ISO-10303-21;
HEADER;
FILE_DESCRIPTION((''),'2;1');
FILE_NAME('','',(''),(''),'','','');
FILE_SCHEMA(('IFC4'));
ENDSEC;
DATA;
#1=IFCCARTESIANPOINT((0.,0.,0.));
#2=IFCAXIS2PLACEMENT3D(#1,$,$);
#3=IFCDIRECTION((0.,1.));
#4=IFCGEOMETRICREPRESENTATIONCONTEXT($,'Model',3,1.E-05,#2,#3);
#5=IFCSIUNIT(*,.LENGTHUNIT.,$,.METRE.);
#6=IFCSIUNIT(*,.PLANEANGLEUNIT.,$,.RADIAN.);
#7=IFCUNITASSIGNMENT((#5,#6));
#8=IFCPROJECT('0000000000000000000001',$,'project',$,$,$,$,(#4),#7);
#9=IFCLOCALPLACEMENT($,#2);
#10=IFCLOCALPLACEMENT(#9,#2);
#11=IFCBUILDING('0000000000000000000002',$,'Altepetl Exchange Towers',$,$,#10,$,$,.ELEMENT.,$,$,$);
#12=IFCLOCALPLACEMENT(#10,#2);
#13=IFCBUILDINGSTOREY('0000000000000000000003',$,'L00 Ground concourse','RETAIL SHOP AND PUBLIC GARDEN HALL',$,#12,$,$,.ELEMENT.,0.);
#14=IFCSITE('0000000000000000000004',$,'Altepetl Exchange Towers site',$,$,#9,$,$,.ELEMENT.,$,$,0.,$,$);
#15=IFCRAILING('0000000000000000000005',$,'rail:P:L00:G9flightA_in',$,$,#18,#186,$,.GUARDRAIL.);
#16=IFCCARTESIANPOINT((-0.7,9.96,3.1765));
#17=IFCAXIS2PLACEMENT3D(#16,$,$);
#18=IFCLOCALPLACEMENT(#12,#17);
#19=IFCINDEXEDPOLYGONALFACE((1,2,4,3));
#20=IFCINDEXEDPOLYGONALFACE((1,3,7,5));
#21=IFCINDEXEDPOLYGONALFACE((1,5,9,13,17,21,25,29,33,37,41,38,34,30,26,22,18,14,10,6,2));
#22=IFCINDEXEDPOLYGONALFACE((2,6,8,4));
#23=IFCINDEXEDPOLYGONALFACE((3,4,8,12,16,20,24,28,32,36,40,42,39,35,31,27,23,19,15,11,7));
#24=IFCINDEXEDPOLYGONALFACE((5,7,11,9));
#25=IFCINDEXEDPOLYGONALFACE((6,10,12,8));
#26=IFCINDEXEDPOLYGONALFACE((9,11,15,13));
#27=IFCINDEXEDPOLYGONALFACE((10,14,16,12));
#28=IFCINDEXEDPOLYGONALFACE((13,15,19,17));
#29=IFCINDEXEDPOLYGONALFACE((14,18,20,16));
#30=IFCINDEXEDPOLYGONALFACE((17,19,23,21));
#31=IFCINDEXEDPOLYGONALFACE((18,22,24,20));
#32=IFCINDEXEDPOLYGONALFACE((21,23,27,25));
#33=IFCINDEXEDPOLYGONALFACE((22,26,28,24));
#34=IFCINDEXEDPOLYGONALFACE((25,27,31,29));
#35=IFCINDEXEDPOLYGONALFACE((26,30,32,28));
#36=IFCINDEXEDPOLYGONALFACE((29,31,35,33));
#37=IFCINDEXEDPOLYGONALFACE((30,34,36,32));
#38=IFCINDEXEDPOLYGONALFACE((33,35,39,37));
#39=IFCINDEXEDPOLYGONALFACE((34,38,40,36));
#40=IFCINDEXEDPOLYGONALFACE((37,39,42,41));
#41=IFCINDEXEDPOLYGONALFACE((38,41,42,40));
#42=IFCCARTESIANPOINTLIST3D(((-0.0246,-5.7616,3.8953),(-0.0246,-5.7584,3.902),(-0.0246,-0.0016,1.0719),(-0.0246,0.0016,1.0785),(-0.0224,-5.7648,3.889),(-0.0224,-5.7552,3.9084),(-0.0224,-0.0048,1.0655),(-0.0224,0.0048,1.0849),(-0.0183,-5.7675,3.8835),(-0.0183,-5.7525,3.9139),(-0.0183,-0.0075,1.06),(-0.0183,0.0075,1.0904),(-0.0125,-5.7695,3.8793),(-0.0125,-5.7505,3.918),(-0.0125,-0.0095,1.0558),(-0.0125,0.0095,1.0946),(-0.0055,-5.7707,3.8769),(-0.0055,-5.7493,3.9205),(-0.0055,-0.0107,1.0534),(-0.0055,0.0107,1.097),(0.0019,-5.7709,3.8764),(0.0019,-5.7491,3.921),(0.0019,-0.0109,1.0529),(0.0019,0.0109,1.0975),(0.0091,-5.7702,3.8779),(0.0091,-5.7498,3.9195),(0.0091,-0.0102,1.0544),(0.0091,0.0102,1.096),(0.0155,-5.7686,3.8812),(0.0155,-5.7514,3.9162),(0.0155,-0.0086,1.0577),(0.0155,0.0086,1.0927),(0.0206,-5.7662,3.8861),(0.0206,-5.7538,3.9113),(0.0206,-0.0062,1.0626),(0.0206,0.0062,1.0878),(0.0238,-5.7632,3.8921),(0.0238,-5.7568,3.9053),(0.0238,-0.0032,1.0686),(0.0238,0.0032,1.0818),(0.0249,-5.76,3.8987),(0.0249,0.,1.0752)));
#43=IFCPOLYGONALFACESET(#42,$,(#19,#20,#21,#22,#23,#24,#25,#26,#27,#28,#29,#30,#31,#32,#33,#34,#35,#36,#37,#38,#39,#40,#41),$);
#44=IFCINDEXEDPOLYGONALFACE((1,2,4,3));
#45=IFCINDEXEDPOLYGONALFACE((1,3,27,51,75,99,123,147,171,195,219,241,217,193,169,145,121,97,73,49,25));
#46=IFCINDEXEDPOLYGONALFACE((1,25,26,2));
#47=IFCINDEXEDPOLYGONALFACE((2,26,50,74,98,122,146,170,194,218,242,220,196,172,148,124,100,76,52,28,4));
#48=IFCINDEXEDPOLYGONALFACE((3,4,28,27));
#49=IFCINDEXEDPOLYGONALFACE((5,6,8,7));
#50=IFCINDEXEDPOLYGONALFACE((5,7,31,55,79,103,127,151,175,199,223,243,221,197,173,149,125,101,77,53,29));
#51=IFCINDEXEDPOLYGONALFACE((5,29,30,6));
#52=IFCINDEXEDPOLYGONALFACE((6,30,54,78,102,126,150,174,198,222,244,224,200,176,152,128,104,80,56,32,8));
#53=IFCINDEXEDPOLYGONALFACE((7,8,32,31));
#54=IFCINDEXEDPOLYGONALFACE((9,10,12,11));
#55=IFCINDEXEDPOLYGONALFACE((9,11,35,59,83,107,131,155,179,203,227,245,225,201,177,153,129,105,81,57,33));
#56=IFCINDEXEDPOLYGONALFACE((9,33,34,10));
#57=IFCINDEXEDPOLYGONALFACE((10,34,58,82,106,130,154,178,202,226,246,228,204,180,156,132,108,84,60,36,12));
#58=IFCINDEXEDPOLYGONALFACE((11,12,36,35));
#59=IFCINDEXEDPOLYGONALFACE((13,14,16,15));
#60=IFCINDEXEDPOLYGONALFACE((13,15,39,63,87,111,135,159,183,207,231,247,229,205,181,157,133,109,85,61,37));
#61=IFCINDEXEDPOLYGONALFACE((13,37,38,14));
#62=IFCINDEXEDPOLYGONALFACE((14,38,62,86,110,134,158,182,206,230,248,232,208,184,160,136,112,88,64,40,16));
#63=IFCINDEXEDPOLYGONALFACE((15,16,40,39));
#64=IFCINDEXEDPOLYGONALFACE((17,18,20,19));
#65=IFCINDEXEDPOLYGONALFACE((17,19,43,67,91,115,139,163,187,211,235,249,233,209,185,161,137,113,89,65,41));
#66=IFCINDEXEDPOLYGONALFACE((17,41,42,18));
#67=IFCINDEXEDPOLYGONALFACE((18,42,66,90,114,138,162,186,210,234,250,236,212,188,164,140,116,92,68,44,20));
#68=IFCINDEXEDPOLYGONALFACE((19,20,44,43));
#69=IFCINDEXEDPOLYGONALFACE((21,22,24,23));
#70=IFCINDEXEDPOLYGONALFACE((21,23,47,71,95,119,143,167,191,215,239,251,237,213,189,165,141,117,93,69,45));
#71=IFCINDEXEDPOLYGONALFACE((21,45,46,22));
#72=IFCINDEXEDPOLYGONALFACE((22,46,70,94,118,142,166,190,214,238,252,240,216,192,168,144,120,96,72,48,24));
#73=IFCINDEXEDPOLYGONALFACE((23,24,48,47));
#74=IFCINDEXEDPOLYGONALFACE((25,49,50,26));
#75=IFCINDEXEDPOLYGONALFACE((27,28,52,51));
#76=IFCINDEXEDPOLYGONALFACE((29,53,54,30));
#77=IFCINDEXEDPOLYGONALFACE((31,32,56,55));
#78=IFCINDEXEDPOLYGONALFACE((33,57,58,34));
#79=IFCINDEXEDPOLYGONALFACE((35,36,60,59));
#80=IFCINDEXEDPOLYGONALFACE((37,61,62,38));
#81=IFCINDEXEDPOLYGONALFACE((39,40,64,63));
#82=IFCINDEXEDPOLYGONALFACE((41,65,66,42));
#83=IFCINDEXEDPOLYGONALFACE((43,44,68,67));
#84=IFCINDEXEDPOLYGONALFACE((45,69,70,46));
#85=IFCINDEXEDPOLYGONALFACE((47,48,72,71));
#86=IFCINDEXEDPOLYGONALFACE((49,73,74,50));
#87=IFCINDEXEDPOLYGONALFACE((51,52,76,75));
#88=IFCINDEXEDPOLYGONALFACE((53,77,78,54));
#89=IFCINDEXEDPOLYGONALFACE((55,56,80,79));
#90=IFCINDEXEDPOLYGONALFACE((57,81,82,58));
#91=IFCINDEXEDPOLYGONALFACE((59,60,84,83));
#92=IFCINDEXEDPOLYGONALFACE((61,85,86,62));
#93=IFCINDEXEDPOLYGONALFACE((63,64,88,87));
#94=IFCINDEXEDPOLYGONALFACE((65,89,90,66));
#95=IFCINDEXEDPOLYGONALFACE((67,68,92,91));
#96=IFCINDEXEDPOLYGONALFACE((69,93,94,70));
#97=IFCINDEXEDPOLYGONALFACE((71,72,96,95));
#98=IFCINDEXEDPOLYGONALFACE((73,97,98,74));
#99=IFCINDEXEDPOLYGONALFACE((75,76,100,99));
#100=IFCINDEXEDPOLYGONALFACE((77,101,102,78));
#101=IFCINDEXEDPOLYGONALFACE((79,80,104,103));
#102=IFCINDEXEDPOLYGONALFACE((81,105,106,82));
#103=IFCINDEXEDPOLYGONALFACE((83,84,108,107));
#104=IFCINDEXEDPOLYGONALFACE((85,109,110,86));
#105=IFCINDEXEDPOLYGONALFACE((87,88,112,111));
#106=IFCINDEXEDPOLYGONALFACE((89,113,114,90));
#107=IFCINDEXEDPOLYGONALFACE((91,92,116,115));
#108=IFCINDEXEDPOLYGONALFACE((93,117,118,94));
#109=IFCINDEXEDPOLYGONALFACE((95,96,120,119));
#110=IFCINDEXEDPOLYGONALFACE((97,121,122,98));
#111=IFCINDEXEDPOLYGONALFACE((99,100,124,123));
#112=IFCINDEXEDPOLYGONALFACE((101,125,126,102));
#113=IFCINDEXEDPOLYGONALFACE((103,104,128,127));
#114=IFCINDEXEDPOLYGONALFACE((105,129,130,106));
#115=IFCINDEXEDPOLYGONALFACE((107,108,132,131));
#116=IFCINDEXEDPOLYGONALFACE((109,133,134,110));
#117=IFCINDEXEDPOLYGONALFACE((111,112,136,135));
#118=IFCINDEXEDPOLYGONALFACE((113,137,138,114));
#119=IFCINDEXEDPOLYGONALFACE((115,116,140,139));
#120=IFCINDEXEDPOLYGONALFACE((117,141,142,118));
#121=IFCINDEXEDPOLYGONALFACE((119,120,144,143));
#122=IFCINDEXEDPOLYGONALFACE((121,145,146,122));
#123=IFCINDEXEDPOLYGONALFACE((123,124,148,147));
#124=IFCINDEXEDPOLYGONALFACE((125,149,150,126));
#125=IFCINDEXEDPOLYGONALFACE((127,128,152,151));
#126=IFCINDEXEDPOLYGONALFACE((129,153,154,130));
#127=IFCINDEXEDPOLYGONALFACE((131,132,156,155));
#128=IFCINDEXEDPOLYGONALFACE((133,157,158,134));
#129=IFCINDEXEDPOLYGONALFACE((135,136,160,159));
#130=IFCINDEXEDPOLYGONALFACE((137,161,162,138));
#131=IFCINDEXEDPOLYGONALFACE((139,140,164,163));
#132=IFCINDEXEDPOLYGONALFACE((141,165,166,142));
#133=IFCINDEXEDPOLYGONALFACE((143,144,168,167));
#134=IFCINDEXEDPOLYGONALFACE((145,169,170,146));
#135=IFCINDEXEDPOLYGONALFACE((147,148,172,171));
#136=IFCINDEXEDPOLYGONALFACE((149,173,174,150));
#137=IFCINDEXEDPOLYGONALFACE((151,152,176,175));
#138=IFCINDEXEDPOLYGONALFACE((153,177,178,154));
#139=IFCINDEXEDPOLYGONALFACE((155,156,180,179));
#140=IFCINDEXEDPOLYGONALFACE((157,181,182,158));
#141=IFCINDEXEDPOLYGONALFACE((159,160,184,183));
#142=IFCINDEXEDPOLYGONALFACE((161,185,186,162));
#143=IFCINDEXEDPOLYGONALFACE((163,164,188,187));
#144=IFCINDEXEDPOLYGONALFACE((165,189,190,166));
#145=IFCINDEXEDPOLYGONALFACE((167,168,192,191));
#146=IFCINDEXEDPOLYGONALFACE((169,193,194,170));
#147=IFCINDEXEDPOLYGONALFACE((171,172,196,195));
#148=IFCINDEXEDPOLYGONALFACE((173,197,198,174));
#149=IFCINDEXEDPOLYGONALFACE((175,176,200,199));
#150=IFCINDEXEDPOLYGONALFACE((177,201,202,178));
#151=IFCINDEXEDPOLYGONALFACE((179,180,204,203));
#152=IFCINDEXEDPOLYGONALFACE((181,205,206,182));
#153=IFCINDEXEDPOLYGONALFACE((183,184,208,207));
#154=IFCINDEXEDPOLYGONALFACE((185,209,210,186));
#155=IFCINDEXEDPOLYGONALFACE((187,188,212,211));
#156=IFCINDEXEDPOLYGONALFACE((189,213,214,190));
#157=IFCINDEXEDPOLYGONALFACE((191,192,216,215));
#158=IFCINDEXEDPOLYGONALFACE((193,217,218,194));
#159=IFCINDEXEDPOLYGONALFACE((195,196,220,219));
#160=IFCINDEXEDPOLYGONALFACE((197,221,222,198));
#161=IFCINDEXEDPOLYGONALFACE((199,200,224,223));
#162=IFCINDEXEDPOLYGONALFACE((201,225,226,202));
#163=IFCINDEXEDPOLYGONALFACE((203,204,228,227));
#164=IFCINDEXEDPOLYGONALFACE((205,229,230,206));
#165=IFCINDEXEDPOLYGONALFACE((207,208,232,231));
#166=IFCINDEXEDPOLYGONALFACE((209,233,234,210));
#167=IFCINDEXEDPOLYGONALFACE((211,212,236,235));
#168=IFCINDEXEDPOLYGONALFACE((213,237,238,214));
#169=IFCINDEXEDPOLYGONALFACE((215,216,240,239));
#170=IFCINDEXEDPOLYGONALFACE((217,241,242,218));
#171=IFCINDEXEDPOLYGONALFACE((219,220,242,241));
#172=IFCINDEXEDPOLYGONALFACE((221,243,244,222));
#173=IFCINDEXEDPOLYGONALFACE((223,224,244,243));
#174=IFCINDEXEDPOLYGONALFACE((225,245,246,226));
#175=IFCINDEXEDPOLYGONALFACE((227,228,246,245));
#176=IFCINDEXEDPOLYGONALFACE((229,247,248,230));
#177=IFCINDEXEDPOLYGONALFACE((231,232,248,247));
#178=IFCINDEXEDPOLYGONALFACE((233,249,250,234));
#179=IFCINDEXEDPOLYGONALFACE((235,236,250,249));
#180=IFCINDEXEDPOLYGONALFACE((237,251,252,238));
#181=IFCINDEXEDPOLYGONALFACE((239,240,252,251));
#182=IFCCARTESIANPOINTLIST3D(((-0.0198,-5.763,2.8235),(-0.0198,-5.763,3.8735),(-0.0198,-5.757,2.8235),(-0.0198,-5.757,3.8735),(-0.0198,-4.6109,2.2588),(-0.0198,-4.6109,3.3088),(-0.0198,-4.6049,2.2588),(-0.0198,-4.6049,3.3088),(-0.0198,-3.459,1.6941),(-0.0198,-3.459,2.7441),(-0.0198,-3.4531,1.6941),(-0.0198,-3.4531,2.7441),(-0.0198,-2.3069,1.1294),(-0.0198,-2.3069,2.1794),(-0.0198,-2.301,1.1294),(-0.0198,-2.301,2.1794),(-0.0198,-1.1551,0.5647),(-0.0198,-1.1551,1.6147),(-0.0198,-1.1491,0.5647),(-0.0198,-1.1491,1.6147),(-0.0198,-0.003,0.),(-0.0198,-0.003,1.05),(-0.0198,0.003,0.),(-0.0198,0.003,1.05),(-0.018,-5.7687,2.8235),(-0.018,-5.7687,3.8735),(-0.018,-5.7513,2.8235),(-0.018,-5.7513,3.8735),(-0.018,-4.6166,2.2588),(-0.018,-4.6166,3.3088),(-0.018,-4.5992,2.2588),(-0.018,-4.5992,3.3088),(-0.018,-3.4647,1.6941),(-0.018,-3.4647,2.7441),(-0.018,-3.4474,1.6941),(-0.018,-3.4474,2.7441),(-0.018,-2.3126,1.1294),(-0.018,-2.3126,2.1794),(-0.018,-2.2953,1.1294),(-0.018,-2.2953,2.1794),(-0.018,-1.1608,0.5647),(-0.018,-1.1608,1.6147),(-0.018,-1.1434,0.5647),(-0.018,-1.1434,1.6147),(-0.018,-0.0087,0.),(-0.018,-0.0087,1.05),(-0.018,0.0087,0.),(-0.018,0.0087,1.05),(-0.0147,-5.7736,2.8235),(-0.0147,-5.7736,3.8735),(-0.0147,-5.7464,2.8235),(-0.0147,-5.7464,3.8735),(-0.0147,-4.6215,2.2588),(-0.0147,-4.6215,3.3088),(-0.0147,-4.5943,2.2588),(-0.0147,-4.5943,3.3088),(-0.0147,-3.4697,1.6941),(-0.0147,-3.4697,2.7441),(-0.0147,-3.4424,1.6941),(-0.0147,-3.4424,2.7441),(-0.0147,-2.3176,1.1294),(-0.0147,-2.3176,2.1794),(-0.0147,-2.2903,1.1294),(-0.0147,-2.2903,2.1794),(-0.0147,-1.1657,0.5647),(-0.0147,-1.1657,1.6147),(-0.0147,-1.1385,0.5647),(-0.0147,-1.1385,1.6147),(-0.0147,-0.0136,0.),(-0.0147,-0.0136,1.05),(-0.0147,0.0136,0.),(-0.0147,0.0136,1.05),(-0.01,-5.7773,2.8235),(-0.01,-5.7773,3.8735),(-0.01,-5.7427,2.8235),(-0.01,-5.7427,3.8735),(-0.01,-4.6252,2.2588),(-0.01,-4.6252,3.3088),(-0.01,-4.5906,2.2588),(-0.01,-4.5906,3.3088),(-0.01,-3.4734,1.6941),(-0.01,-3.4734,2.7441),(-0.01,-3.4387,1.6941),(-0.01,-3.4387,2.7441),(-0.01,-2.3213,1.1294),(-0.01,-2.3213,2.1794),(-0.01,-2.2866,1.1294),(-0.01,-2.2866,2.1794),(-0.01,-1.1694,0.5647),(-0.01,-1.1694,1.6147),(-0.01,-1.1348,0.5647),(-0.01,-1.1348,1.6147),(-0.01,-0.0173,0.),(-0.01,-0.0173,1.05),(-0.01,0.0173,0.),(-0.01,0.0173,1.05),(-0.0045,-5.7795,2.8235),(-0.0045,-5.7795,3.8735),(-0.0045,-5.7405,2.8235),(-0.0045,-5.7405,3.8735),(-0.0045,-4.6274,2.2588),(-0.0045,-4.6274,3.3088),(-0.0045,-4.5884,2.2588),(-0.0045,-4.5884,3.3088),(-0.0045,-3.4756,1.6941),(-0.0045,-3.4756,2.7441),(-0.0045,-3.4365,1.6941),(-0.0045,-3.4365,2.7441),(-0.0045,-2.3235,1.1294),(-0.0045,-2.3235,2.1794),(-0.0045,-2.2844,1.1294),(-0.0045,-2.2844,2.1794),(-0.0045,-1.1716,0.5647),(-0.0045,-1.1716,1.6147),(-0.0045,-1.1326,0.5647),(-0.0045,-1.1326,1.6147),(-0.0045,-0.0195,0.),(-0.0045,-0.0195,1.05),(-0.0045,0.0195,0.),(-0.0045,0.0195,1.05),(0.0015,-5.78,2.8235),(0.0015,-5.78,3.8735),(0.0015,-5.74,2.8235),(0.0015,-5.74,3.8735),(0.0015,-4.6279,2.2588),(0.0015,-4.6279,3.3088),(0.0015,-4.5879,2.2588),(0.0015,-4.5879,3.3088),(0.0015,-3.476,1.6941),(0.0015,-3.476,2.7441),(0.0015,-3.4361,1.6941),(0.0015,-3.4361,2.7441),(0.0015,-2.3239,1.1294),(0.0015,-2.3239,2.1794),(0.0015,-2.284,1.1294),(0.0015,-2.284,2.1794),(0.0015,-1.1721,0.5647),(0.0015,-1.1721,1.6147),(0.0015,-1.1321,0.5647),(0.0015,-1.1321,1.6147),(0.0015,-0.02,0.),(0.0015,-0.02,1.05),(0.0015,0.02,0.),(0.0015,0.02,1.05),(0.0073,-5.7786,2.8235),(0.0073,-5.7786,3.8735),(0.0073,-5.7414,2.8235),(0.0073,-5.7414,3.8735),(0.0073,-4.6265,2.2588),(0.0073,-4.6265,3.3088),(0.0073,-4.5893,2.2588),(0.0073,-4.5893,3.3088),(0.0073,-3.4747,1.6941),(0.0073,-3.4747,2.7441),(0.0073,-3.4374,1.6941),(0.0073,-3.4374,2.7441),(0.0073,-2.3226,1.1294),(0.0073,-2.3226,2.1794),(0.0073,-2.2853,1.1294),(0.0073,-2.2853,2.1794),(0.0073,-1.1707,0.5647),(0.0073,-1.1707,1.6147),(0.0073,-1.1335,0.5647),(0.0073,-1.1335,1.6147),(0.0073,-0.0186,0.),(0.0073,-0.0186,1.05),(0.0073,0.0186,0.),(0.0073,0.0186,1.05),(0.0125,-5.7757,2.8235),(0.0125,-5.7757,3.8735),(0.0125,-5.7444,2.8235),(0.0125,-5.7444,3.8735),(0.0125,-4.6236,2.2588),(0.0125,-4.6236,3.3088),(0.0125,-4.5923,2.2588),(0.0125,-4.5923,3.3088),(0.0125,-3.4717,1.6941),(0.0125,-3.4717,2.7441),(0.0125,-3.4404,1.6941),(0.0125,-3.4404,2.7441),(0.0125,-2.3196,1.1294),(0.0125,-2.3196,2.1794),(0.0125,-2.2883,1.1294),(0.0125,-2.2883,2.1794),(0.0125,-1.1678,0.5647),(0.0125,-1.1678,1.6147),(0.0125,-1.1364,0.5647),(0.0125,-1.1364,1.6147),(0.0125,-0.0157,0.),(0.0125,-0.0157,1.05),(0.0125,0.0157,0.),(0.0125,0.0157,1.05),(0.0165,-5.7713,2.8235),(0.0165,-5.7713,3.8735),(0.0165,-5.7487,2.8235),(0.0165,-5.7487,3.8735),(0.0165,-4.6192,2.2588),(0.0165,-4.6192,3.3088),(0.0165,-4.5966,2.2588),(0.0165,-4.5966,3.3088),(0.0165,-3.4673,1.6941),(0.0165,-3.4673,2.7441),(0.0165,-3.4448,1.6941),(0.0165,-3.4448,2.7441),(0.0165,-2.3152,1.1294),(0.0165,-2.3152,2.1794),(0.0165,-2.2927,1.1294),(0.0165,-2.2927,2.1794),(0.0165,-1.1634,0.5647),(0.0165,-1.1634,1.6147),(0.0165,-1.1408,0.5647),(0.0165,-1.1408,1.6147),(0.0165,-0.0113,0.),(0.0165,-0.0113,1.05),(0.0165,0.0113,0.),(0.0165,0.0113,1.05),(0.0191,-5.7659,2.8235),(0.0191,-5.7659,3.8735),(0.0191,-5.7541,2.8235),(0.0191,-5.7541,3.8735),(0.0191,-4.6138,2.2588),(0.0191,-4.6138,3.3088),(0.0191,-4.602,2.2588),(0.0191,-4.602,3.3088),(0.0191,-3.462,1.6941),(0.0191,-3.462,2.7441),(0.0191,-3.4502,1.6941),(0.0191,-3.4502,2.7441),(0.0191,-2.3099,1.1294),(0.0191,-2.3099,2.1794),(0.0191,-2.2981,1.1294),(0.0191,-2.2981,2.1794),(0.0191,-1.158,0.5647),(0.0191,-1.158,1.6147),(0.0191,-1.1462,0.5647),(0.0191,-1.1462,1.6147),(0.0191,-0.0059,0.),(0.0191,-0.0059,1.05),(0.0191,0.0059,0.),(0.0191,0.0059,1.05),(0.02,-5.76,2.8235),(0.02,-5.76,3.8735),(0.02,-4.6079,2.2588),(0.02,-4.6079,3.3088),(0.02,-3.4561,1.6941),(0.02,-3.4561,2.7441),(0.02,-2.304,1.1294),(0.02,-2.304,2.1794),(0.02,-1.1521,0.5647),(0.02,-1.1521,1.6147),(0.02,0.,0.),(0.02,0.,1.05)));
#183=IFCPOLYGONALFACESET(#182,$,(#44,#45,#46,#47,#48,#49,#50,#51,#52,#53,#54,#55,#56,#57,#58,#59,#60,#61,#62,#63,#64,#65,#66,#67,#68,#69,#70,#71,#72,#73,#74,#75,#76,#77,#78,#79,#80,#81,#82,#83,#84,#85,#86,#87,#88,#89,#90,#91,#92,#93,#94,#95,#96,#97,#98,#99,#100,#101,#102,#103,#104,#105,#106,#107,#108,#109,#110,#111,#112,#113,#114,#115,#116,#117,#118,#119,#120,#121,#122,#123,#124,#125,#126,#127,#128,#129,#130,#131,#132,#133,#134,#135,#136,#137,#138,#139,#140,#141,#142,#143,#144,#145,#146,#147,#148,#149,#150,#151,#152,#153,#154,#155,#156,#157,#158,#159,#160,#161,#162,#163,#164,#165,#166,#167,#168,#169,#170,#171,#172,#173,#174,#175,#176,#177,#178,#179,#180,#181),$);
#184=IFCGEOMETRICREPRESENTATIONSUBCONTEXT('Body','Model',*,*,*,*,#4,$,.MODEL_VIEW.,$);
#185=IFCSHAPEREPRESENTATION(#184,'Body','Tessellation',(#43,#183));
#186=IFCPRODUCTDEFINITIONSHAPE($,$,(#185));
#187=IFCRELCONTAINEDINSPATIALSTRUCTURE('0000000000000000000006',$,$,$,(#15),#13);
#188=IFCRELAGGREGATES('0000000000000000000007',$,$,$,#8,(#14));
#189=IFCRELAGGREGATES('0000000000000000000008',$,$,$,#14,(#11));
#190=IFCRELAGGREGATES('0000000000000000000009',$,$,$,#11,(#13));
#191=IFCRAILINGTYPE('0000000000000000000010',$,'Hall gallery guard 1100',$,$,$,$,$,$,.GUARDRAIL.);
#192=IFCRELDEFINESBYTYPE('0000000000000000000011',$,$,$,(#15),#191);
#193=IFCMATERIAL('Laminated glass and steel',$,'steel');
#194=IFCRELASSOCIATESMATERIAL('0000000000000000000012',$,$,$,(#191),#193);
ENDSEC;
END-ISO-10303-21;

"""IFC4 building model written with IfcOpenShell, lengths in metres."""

from ifc_helpers import new_model, si_unit, direction, frame, origin, origin_2d, place, context, subcontext, project, spatial, circle, extrude, source, transform, mapped, material, type_object, element, save


model = new_model("IFC4")

# Units and contexts
model_context = context("Model", 3, precision=1e-05, world=origin(), true_north=direction((0.0, 1.0)))
body_context = subcontext(model_context, "Body", "Model", "MODEL_VIEW")
ifc_project = project(units=[si_unit("LENGTHUNIT", "METRE"), si_unit("PLANEANGLEUNIT", "RADIAN")], contexts=[model_context])

# Site, building, storey
site_placement = place(None, origin())
site = spatial("IfcSite", under=ifc_project, at=site_placement, Name="Altepetl Exchange Towers site", CompositionType="ELEMENT", RefElevation=0.0)
building_placement = place(site_placement, origin())
building = spatial("IfcBuilding", under=site, at=building_placement, Name="Altepetl Exchange Towers", CompositionType="ELEMENT")
storey_placement = place(building_placement, origin())
storey = spatial("IfcBuildingStorey", under=building, at=storey_placement, Name="L00 Ground concourse", Description="RETAIL SHOP AND PUBLIC GARDEN HALL", CompositionType="ELEMENT", Elevation=0.0)

# Railing
ifc_material_1 = material(Name="Laminated glass and steel", Category="steel")
railing_type_1 = type_object("IfcRailingType", Name="Hall gallery guard 1100", PredefinedType="GUARDRAIL", material=ifc_material_1)
shared_shape_1 = source(origin(), body_context, "Body", "SweptSolid", [
    extrude(circle(Radius=0.02, at=origin_2d()), origin(), (0.0, 0.0, 1.0), 1.05),
])
for number, where, name in (
    (1, (-0.7, 9.96, 3.1765), "rail:P:L00:G9flightA_in"),
):
    element("IfcRailing", number, at=place(storey_placement, frame(where)), inside=storey, type_object=railing_type_1, Name=name, PredefinedType="GUARDRAIL", context=body_context, shape_type="SweptSolid", body=[
        extrude(circle(Radius=0.0249, at=origin_2d()), frame((0.0, 0.0, 1.0752), z_axis=(0.0, -0.897924, 0.440151), x_axis=(1.0, 0.0, 0.0)), (0.0, 0.0, 1.0), 6.4148),
        mapped(shared_shape_1, transform((0.0, 0.0, 0.0))),
        mapped(shared_shape_1, transform((0.0, -1.1521, 0.5647))),
        mapped(shared_shape_1, transform((0.0, -2.304, 1.1294))),
        mapped(shared_shape_1, transform((0.0, -3.4561, 1.6941))),
        mapped(shared_shape_1, transform((0.0, -4.6079, 2.2588))),
        mapped(shared_shape_1, transform((0.0, -5.76, 2.8235))),
    ])

save(model, "model.ifc")
